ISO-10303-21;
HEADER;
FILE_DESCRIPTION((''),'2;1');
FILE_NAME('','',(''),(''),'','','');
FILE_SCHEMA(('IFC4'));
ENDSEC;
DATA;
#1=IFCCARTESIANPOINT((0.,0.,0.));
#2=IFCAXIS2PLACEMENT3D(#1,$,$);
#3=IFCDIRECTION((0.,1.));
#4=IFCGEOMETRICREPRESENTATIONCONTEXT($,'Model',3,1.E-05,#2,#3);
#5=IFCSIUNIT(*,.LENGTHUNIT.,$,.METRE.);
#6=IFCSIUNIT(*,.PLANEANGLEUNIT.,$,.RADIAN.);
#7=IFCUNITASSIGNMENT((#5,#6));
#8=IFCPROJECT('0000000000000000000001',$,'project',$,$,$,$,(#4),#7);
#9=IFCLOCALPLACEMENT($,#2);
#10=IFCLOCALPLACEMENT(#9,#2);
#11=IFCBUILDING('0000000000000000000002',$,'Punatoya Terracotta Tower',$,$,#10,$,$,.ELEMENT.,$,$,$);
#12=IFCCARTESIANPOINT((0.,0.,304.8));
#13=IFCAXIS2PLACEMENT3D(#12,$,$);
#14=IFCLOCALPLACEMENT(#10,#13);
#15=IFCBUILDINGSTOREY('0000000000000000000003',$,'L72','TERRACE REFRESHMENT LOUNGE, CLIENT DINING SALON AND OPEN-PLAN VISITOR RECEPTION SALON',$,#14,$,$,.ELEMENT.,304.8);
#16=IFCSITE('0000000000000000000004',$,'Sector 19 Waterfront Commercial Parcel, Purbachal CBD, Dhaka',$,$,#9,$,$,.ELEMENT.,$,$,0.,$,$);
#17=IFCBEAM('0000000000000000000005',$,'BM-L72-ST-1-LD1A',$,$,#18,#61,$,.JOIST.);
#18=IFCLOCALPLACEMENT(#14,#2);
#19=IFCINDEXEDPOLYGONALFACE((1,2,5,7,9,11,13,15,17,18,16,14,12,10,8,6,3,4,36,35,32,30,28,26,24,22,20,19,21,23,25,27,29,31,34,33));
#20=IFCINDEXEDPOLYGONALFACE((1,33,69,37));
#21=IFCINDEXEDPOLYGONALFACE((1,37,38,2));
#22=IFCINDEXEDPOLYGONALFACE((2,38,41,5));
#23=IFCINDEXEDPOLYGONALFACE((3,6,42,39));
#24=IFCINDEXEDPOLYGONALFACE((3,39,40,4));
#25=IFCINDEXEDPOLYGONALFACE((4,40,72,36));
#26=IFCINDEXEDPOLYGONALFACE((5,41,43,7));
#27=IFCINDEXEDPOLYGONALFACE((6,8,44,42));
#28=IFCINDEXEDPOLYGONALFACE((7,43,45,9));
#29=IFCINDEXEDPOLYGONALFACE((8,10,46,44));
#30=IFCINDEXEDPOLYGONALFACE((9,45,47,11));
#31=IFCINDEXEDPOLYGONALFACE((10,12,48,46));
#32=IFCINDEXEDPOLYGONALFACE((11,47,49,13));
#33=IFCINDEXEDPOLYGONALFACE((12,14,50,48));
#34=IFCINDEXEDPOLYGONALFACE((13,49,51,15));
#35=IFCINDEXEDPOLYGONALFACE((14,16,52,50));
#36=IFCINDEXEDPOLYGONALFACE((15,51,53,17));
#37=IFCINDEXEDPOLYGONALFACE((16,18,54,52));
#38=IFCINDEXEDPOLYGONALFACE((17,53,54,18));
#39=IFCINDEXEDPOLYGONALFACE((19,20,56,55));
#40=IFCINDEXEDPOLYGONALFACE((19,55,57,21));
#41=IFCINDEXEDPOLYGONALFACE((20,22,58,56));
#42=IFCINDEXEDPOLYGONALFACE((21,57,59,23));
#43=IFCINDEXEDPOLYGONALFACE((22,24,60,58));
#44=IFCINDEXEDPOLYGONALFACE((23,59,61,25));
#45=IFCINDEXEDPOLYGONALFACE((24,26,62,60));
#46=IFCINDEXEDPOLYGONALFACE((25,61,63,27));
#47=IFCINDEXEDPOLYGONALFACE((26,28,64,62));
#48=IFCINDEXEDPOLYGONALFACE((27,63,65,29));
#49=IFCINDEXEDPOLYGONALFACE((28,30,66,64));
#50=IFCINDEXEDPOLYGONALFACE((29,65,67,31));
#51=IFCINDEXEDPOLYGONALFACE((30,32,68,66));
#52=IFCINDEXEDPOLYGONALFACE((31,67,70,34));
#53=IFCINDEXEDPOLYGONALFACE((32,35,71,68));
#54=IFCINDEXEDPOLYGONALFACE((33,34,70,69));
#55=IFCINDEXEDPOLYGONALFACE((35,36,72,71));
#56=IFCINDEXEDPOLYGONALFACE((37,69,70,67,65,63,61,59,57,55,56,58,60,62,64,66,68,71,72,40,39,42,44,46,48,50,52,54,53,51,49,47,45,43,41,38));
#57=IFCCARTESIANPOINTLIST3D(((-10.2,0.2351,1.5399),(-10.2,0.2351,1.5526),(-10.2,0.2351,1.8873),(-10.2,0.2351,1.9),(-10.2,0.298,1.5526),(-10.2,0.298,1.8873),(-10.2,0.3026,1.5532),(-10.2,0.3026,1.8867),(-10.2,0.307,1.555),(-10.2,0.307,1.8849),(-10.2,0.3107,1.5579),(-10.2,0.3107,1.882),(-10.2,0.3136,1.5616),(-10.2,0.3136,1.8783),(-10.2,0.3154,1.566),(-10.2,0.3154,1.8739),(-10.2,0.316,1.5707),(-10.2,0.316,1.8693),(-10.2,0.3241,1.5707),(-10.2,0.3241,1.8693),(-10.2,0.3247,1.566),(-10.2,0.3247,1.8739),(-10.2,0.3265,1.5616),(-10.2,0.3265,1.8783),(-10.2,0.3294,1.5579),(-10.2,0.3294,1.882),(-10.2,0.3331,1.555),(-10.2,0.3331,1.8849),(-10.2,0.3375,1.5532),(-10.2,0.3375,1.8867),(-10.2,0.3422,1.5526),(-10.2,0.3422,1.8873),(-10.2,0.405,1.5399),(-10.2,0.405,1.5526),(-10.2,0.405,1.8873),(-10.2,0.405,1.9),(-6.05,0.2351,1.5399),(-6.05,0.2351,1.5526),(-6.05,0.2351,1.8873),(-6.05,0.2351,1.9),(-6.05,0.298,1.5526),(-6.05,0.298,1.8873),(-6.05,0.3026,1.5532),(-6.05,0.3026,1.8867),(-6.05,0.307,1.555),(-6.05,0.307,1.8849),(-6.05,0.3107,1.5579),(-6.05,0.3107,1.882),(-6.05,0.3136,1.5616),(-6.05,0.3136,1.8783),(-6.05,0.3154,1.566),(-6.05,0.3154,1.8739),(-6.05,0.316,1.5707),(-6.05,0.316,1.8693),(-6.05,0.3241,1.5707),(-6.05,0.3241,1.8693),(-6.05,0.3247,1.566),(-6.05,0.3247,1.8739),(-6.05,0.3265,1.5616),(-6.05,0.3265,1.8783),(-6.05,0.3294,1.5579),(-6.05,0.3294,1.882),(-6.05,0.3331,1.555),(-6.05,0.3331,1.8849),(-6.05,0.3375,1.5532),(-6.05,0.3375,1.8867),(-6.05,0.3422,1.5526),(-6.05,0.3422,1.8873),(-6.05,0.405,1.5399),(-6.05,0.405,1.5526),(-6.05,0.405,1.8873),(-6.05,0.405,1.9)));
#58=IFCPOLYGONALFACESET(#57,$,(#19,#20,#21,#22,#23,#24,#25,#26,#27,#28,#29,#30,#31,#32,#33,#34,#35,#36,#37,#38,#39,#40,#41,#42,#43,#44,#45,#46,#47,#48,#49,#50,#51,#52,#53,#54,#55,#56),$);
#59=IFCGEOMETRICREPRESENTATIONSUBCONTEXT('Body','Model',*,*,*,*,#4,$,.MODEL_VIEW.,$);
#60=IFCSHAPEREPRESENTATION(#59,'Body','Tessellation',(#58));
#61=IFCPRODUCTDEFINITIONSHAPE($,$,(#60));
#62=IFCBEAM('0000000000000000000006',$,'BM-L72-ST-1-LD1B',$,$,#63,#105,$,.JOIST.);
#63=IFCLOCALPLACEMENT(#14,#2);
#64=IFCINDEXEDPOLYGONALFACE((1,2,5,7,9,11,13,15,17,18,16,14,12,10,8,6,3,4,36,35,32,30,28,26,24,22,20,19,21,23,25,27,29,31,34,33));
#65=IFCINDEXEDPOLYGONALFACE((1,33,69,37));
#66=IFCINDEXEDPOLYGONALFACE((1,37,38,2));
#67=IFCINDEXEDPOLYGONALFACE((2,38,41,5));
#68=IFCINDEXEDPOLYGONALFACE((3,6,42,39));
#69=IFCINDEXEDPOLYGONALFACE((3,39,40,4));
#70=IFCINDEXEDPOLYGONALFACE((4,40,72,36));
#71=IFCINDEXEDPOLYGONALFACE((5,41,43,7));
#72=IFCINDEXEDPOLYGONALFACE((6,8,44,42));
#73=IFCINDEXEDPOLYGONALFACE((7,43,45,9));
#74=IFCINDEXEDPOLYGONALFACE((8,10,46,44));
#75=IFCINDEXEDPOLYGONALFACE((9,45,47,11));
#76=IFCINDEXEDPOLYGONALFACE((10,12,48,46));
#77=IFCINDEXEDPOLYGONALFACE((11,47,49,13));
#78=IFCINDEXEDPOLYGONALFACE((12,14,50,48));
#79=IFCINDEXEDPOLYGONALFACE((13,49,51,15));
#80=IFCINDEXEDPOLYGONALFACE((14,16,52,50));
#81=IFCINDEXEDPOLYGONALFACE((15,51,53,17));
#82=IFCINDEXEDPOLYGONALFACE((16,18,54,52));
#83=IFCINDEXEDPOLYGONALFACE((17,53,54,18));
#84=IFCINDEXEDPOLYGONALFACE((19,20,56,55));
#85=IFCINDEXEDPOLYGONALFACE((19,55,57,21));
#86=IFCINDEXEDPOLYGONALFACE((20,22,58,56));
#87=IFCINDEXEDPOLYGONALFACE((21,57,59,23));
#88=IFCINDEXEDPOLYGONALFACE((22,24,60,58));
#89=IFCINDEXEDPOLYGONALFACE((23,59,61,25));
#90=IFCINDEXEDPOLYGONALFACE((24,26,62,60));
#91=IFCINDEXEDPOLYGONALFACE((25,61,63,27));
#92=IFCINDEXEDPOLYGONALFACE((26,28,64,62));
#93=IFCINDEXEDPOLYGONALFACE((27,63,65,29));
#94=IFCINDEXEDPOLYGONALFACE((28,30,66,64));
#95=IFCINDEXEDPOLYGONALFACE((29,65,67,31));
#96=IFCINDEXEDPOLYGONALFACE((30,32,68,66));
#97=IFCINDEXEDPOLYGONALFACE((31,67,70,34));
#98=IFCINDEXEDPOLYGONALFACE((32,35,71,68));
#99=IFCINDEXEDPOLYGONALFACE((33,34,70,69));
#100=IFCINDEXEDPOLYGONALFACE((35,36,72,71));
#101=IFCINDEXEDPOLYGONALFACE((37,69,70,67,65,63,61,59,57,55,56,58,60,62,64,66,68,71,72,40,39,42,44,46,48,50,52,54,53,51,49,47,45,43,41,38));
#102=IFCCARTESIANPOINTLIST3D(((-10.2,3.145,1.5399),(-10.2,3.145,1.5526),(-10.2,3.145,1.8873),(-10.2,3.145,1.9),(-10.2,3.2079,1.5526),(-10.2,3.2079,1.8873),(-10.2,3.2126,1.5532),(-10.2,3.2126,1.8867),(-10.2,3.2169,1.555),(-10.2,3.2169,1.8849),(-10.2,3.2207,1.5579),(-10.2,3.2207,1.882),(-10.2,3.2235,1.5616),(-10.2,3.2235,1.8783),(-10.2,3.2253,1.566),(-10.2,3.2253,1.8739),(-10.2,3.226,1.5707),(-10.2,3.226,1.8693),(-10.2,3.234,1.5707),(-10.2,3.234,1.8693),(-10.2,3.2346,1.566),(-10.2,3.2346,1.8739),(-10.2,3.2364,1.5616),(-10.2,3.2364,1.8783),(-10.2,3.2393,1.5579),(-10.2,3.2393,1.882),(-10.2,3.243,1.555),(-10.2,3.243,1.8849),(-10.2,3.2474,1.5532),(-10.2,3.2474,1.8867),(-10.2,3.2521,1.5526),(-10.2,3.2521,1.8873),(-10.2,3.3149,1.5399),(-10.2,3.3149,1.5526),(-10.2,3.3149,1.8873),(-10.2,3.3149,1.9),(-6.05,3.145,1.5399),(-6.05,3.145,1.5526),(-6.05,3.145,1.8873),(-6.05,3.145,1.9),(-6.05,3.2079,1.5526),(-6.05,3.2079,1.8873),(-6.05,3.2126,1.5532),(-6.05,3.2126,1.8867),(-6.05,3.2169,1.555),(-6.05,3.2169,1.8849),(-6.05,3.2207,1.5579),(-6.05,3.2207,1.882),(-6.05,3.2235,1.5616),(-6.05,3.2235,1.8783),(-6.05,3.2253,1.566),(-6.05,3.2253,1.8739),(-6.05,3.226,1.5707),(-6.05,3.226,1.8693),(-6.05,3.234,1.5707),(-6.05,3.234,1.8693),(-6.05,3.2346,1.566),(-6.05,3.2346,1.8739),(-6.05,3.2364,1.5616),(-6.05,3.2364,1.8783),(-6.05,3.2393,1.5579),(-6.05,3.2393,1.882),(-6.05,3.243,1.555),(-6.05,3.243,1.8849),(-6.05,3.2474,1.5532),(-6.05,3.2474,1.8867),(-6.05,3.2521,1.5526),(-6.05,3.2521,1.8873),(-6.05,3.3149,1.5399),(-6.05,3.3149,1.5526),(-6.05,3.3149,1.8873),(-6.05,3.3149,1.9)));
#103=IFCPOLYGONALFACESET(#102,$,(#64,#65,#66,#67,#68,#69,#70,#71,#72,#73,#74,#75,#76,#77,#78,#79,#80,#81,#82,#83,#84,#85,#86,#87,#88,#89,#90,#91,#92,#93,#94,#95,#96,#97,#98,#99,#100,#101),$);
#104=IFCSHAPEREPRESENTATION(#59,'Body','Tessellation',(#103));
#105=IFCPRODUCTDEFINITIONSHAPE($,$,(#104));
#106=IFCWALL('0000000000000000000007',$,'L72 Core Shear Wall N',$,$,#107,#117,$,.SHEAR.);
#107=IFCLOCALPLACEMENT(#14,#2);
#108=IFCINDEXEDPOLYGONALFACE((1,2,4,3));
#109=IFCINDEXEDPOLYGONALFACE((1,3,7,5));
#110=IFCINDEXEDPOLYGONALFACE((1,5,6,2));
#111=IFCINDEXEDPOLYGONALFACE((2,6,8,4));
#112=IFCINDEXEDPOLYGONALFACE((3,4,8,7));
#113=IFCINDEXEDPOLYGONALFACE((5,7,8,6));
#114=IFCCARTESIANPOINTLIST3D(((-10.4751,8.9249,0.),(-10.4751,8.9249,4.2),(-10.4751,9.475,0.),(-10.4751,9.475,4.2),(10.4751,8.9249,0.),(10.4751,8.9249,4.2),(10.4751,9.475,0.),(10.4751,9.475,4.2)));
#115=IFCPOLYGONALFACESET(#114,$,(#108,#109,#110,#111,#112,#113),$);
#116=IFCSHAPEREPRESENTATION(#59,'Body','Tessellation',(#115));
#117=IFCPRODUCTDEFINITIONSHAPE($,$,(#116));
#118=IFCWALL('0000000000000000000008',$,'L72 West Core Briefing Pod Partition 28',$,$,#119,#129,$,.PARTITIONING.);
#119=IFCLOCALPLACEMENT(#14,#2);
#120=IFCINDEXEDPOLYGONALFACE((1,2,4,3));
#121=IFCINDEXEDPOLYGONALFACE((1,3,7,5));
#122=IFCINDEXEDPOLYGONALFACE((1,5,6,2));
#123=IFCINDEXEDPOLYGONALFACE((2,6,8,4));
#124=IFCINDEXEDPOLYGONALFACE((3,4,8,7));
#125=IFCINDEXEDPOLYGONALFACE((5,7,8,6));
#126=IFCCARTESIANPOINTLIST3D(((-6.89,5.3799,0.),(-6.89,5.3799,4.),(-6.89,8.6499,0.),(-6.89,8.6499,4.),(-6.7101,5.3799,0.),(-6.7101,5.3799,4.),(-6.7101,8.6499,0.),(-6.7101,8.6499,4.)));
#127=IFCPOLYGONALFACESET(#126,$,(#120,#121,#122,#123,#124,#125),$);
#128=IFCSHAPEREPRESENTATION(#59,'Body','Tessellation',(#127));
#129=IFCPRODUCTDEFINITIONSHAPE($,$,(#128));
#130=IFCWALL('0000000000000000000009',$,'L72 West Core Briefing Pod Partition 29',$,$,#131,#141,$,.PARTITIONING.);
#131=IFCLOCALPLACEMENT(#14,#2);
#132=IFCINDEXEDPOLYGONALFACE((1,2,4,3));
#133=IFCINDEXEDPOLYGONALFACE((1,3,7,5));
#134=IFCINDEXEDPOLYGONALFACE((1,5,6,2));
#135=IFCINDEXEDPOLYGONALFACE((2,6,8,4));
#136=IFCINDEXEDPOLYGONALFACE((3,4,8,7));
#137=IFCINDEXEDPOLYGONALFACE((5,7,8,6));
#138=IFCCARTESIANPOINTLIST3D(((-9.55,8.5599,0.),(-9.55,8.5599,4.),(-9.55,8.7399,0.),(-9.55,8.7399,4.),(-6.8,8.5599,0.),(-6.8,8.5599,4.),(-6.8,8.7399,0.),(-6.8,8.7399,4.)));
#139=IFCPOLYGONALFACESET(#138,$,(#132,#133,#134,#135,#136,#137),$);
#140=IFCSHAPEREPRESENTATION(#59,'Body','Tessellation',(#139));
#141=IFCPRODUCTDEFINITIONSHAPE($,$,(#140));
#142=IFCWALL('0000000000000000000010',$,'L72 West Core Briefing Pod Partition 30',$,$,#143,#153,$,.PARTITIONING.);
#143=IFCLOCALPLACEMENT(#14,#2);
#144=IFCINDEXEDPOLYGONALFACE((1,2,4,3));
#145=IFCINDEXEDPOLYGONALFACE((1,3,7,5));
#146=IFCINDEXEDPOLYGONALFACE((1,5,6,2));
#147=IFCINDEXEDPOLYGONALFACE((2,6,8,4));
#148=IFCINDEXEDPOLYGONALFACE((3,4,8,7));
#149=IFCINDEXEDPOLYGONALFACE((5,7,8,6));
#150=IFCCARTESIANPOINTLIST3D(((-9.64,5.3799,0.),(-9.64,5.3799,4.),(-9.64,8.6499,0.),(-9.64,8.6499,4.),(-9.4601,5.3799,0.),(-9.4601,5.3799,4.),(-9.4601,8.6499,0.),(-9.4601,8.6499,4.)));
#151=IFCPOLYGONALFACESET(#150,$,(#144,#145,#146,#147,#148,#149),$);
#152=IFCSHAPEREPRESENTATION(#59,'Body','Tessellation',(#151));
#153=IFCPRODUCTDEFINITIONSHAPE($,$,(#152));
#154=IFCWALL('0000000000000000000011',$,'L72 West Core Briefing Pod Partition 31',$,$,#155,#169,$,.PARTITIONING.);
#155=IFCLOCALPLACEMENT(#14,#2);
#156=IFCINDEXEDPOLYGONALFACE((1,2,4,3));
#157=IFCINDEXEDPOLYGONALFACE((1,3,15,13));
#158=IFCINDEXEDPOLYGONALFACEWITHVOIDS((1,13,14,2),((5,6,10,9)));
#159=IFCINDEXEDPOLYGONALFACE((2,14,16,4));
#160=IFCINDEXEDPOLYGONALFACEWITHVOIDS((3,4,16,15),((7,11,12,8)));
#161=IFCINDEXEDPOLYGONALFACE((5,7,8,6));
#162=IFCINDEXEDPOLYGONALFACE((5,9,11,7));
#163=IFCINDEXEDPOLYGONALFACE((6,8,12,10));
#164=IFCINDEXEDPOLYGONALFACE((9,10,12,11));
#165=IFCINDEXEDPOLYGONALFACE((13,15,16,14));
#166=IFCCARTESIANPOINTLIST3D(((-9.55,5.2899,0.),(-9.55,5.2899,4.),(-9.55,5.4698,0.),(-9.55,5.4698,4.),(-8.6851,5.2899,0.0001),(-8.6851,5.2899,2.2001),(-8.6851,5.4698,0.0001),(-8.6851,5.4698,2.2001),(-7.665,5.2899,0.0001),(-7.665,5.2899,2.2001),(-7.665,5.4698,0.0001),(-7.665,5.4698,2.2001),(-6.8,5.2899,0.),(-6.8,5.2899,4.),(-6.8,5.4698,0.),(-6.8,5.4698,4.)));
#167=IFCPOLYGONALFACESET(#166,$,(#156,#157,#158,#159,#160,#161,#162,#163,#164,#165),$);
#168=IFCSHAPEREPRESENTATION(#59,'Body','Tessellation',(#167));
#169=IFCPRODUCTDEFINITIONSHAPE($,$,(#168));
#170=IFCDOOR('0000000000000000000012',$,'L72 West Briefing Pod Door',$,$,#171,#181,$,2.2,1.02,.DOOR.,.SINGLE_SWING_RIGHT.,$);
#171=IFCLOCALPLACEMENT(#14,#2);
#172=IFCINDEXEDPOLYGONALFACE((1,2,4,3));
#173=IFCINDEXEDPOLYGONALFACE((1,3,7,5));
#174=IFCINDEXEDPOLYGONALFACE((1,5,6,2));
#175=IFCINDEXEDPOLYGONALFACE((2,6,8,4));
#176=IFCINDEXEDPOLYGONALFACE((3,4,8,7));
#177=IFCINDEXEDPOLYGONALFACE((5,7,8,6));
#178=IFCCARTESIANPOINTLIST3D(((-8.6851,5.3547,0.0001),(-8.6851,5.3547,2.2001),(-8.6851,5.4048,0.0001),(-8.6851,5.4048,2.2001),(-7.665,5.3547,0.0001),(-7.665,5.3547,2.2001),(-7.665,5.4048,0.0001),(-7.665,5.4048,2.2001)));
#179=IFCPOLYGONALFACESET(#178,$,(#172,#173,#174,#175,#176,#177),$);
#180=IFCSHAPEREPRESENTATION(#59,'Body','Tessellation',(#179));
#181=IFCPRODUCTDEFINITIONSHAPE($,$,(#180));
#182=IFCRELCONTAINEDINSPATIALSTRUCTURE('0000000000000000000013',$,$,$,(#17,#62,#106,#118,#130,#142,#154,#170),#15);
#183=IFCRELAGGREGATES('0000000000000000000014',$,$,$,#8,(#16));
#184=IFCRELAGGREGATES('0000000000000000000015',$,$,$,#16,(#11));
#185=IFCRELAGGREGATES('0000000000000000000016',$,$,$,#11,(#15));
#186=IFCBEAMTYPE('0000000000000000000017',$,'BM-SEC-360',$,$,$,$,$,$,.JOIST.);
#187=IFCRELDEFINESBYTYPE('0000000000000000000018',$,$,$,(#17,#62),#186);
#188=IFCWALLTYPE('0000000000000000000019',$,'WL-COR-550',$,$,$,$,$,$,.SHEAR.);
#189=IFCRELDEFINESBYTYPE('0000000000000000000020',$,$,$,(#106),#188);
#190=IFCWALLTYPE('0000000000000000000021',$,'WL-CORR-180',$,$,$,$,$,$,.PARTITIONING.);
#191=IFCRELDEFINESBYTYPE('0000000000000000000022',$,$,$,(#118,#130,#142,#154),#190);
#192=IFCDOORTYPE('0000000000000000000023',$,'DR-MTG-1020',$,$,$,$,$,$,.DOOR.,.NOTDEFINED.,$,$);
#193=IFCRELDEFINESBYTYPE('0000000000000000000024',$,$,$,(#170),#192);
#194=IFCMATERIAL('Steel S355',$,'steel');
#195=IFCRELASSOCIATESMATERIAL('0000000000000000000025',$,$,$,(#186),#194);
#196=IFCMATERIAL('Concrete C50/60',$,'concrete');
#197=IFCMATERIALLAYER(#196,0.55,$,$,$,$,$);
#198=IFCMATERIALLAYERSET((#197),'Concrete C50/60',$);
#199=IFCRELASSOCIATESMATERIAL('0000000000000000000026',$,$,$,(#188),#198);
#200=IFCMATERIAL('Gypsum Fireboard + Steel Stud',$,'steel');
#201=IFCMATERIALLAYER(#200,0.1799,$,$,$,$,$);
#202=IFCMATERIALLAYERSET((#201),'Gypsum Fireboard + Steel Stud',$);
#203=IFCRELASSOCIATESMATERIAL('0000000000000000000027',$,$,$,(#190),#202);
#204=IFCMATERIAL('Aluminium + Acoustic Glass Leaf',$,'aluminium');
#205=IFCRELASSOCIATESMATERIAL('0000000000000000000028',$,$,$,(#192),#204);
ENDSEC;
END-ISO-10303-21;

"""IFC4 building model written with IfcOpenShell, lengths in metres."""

from ifc_helpers import new_model, si_unit, direction, frame, frame_2d, origin, origin_2d, place, context, subcontext, project, spatial, rectangle, i_section, extrude, material, layer, layer_set, material_profile, profile_set, type_object, element, fill, save


model = new_model("IFC4")

# Units and contexts
model_context = context("Model", 3, precision=1e-05, world=origin(), true_north=direction((0.0, 1.0)))
body_context = subcontext(model_context, "Body", "Model", "MODEL_VIEW")
ifc_project = project(units=[si_unit("LENGTHUNIT", "METRE"), si_unit("PLANEANGLEUNIT", "RADIAN")], contexts=[model_context])

# Site, building, storey
site_placement = place(None, origin())
site = spatial("IfcSite", under=ifc_project, at=site_placement, Name="Sector 19 Waterfront Commercial Parcel, Purbachal CBD, Dhaka", CompositionType="ELEMENT", RefElevation=0.0)
building_placement = place(site_placement, origin())
building = spatial("IfcBuilding", under=site, at=building_placement, Name="Punatoya Terracotta Tower", CompositionType="ELEMENT")
storey_placement = place(building_placement, frame((0.0, 0.0, 304.8)))
storey = spatial("IfcBuildingStorey", under=building, at=storey_placement, Name="L72", Description="TERRACE REFRESHMENT LOUNGE, CLIENT DINING SALON AND OPEN-PLAN VISITOR RECEPTION SALON", CompositionType="ELEMENT", Elevation=304.8)

# Beams
ifc_material_1 = material(Name="Steel S355", Category="steel")
ifc_material_2 = material(Name="Concrete C50/60", Category="concrete")
ifc_material_profile_1 = material_profile(ifc_material_1, i_section(OverallWidth=0.1699, OverallDepth=0.3601, WebThickness=0.0081, FlangeThickness=0.0127, FilletRadius=0.0181, at=origin_2d()))
ifc_profile_set_1 = profile_set([ifc_material_profile_1], Name="Steel S355")
beam_type_1 = type_object("IfcBeamType", Name="BM-SEC-360", PredefinedType="JOIST", material=ifc_profile_set_1)
for number, where, z_axis, x_axis, name in (
    (1, (-10.2, 0.3201, 1.72), (1.0, 0.0, 0.0), (0.0, 1.0, 0.0), "BM-L72-ST-1-LD1A"),
    (2, (-10.2, 3.23, 1.72), (1.0, 0.0, 0.0), (0.0, 1.0, 0.0), "BM-L72-ST-1-LD1B"),
):
    element("IfcBeam", number, at=place(storey_placement, frame(where, z_axis=z_axis, x_axis=x_axis)), inside=storey, type_object=beam_type_1, Name=name, PredefinedType="JOIST", context=body_context, shape_type="SweptSolid", body=[
        extrude(i_section(OverallWidth=0.1699, OverallDepth=0.3601, WebThickness=0.0081, FlangeThickness=0.0127, FilletRadius=0.0181, at=origin_2d()), origin(), (0.0, 0.0, 1.0), 4.1499),
    ])

# Walls
ifc_layer_1 = layer(ifc_material_2, 0.55)
ifc_layer_set_1 = layer_set([ifc_layer_1], Name="Concrete C50/60")
wall_type_1 = type_object("IfcWallType", Name="WL-COR-550", PredefinedType="SHEAR", material=ifc_layer_set_1)
wall_1_placement = place(storey_placement, frame((-10.4751, 9.2, 0.0), z_axis=(0.0, 0.0, 1.0), x_axis=(1.0, 0.0, 0.0)))
element("IfcWall", 3, at=wall_1_placement, inside=storey, type_object=wall_type_1, Name="L72 Core Shear Wall N", PredefinedType="SHEAR", context=body_context, shape_type="SweptSolid", body=[
    extrude(rectangle(XDim=20.9502, YDim=0.55, at=frame_2d((10.4751, 0.0))), origin(), (0.0, 0.0, 1.0), 4.2),
])
ifc_material_3 = material(Name="Gypsum Fireboard + Steel Stud", Category="steel")
ifc_layer_2 = layer(ifc_material_3, 0.1799)
ifc_layer_set_2 = layer_set([ifc_layer_2], Name="Gypsum Fireboard + Steel Stud")
wall_type_2 = type_object("IfcWallType", Name="WL-CORR-180", PredefinedType="PARTITIONING", material=ifc_layer_set_2)
wall_2_placement = place(storey_placement, frame((-6.8, 5.3799, 0.0), z_axis=(0.0, 0.0, 1.0), x_axis=(0.0, 1.0, 0.0)))
element("IfcWall", 4, at=wall_2_placement, inside=storey, type_object=wall_type_2, Name="L72 West Core Briefing Pod Partition 28", PredefinedType="PARTITIONING", context=body_context, shape_type="SweptSolid", body=[
    extrude(rectangle(XDim=3.27, YDim=0.1799, at=frame_2d((1.635, 0.0))), origin(), (0.0, 0.0, 1.0), 4.0),
])
wall_3_placement = place(storey_placement, frame((-6.8, 8.6499, 0.0), z_axis=(0.0, 0.0, 1.0), x_axis=(-1.0, 0.0, 0.0)))
element("IfcWall", 5, at=wall_3_placement, inside=storey, type_object=wall_type_2, Name="L72 West Core Briefing Pod Partition 29", PredefinedType="PARTITIONING", context=body_context, shape_type="SweptSolid", body=[
    extrude(rectangle(XDim=2.75, YDim=0.1799, at=frame_2d((1.375, 0.0))), origin(), (0.0, 0.0, 1.0), 4.0),
])
wall_4_placement = place(storey_placement, frame((-9.55, 8.6499, 0.0), z_axis=(0.0, 0.0, 1.0), x_axis=(0.0, -1.0, 0.0)))
element("IfcWall", 6, at=wall_4_placement, inside=storey, type_object=wall_type_2, Name="L72 West Core Briefing Pod Partition 30", PredefinedType="PARTITIONING", context=body_context, shape_type="SweptSolid", body=[
    extrude(rectangle(XDim=3.27, YDim=0.1799, at=frame_2d((1.635, 0.0))), origin(), (0.0, 0.0, 1.0), 4.0),
])

# Wall, opening, door
wall_5_placement = place(storey_placement, frame((-9.55, 5.3799, 0.0), z_axis=(0.0, 0.0, 1.0), x_axis=(1.0, 0.0, 0.0)))
wall_5 = element("IfcWall", 7, at=wall_5_placement, inside=storey, type_object=wall_type_2, Name="L72 West Core Briefing Pod Partition 31", PredefinedType="PARTITIONING", context=body_context, shape_type="SweptSolid", body=[
    extrude(rectangle(XDim=2.75, YDim=0.1799, at=frame_2d((1.375, 0.0))), origin(), (0.0, 0.0, 1.0), 4.0),
])
opening_1_placement = place(wall_5_placement, frame((0.865, 0.0, 0.0)))
opening_1 = element("IfcOpeningElement", 8, at=opening_1_placement, cuts=wall_5, PredefinedType="OPENING", context=body_context, shape_type="SweptSolid", body=[
    extrude(rectangle(XDim=1.02, YDim=2.2, at=frame_2d((0.51, 1.1001))), frame((0.0, 0.0999, 0.0), z_axis=(0.0, -1.0, 0.0), x_axis=(1.0, 0.0, 0.0)), (0.0, 0.0, 1.0), 0.2),
])
ifc_material_4 = material(Name="Aluminium + Acoustic Glass Leaf", Category="aluminium")
door_type_1 = type_object("IfcDoorType", Name="DR-MTG-1020", OperationType="NOTDEFINED", PredefinedType="DOOR", material=ifc_material_4)
door_1_placement = place(opening_1_placement, origin())
door_1 = element("IfcDoor", 9, at=door_1_placement, inside=storey, type_object=door_type_1, Name="L72 West Briefing Pod Door", OperationType="SINGLE_SWING_RIGHT", OverallHeight=2.2, OverallWidth=1.02, PredefinedType="DOOR", context=body_context, shape_type="SweptSolid", body=[
    extrude(rectangle(XDim=1.02, YDim=2.2, at=frame_2d((0.51, 1.1001))), frame((0.0, 0.0249, 0.0), z_axis=(0.0, -1.0, 0.0), x_axis=(1.0, 0.0, 0.0)), (0.0, 0.0, 1.0), 0.05),
])
fill(opening_1, door_1)

save(model, "model.ifc")
